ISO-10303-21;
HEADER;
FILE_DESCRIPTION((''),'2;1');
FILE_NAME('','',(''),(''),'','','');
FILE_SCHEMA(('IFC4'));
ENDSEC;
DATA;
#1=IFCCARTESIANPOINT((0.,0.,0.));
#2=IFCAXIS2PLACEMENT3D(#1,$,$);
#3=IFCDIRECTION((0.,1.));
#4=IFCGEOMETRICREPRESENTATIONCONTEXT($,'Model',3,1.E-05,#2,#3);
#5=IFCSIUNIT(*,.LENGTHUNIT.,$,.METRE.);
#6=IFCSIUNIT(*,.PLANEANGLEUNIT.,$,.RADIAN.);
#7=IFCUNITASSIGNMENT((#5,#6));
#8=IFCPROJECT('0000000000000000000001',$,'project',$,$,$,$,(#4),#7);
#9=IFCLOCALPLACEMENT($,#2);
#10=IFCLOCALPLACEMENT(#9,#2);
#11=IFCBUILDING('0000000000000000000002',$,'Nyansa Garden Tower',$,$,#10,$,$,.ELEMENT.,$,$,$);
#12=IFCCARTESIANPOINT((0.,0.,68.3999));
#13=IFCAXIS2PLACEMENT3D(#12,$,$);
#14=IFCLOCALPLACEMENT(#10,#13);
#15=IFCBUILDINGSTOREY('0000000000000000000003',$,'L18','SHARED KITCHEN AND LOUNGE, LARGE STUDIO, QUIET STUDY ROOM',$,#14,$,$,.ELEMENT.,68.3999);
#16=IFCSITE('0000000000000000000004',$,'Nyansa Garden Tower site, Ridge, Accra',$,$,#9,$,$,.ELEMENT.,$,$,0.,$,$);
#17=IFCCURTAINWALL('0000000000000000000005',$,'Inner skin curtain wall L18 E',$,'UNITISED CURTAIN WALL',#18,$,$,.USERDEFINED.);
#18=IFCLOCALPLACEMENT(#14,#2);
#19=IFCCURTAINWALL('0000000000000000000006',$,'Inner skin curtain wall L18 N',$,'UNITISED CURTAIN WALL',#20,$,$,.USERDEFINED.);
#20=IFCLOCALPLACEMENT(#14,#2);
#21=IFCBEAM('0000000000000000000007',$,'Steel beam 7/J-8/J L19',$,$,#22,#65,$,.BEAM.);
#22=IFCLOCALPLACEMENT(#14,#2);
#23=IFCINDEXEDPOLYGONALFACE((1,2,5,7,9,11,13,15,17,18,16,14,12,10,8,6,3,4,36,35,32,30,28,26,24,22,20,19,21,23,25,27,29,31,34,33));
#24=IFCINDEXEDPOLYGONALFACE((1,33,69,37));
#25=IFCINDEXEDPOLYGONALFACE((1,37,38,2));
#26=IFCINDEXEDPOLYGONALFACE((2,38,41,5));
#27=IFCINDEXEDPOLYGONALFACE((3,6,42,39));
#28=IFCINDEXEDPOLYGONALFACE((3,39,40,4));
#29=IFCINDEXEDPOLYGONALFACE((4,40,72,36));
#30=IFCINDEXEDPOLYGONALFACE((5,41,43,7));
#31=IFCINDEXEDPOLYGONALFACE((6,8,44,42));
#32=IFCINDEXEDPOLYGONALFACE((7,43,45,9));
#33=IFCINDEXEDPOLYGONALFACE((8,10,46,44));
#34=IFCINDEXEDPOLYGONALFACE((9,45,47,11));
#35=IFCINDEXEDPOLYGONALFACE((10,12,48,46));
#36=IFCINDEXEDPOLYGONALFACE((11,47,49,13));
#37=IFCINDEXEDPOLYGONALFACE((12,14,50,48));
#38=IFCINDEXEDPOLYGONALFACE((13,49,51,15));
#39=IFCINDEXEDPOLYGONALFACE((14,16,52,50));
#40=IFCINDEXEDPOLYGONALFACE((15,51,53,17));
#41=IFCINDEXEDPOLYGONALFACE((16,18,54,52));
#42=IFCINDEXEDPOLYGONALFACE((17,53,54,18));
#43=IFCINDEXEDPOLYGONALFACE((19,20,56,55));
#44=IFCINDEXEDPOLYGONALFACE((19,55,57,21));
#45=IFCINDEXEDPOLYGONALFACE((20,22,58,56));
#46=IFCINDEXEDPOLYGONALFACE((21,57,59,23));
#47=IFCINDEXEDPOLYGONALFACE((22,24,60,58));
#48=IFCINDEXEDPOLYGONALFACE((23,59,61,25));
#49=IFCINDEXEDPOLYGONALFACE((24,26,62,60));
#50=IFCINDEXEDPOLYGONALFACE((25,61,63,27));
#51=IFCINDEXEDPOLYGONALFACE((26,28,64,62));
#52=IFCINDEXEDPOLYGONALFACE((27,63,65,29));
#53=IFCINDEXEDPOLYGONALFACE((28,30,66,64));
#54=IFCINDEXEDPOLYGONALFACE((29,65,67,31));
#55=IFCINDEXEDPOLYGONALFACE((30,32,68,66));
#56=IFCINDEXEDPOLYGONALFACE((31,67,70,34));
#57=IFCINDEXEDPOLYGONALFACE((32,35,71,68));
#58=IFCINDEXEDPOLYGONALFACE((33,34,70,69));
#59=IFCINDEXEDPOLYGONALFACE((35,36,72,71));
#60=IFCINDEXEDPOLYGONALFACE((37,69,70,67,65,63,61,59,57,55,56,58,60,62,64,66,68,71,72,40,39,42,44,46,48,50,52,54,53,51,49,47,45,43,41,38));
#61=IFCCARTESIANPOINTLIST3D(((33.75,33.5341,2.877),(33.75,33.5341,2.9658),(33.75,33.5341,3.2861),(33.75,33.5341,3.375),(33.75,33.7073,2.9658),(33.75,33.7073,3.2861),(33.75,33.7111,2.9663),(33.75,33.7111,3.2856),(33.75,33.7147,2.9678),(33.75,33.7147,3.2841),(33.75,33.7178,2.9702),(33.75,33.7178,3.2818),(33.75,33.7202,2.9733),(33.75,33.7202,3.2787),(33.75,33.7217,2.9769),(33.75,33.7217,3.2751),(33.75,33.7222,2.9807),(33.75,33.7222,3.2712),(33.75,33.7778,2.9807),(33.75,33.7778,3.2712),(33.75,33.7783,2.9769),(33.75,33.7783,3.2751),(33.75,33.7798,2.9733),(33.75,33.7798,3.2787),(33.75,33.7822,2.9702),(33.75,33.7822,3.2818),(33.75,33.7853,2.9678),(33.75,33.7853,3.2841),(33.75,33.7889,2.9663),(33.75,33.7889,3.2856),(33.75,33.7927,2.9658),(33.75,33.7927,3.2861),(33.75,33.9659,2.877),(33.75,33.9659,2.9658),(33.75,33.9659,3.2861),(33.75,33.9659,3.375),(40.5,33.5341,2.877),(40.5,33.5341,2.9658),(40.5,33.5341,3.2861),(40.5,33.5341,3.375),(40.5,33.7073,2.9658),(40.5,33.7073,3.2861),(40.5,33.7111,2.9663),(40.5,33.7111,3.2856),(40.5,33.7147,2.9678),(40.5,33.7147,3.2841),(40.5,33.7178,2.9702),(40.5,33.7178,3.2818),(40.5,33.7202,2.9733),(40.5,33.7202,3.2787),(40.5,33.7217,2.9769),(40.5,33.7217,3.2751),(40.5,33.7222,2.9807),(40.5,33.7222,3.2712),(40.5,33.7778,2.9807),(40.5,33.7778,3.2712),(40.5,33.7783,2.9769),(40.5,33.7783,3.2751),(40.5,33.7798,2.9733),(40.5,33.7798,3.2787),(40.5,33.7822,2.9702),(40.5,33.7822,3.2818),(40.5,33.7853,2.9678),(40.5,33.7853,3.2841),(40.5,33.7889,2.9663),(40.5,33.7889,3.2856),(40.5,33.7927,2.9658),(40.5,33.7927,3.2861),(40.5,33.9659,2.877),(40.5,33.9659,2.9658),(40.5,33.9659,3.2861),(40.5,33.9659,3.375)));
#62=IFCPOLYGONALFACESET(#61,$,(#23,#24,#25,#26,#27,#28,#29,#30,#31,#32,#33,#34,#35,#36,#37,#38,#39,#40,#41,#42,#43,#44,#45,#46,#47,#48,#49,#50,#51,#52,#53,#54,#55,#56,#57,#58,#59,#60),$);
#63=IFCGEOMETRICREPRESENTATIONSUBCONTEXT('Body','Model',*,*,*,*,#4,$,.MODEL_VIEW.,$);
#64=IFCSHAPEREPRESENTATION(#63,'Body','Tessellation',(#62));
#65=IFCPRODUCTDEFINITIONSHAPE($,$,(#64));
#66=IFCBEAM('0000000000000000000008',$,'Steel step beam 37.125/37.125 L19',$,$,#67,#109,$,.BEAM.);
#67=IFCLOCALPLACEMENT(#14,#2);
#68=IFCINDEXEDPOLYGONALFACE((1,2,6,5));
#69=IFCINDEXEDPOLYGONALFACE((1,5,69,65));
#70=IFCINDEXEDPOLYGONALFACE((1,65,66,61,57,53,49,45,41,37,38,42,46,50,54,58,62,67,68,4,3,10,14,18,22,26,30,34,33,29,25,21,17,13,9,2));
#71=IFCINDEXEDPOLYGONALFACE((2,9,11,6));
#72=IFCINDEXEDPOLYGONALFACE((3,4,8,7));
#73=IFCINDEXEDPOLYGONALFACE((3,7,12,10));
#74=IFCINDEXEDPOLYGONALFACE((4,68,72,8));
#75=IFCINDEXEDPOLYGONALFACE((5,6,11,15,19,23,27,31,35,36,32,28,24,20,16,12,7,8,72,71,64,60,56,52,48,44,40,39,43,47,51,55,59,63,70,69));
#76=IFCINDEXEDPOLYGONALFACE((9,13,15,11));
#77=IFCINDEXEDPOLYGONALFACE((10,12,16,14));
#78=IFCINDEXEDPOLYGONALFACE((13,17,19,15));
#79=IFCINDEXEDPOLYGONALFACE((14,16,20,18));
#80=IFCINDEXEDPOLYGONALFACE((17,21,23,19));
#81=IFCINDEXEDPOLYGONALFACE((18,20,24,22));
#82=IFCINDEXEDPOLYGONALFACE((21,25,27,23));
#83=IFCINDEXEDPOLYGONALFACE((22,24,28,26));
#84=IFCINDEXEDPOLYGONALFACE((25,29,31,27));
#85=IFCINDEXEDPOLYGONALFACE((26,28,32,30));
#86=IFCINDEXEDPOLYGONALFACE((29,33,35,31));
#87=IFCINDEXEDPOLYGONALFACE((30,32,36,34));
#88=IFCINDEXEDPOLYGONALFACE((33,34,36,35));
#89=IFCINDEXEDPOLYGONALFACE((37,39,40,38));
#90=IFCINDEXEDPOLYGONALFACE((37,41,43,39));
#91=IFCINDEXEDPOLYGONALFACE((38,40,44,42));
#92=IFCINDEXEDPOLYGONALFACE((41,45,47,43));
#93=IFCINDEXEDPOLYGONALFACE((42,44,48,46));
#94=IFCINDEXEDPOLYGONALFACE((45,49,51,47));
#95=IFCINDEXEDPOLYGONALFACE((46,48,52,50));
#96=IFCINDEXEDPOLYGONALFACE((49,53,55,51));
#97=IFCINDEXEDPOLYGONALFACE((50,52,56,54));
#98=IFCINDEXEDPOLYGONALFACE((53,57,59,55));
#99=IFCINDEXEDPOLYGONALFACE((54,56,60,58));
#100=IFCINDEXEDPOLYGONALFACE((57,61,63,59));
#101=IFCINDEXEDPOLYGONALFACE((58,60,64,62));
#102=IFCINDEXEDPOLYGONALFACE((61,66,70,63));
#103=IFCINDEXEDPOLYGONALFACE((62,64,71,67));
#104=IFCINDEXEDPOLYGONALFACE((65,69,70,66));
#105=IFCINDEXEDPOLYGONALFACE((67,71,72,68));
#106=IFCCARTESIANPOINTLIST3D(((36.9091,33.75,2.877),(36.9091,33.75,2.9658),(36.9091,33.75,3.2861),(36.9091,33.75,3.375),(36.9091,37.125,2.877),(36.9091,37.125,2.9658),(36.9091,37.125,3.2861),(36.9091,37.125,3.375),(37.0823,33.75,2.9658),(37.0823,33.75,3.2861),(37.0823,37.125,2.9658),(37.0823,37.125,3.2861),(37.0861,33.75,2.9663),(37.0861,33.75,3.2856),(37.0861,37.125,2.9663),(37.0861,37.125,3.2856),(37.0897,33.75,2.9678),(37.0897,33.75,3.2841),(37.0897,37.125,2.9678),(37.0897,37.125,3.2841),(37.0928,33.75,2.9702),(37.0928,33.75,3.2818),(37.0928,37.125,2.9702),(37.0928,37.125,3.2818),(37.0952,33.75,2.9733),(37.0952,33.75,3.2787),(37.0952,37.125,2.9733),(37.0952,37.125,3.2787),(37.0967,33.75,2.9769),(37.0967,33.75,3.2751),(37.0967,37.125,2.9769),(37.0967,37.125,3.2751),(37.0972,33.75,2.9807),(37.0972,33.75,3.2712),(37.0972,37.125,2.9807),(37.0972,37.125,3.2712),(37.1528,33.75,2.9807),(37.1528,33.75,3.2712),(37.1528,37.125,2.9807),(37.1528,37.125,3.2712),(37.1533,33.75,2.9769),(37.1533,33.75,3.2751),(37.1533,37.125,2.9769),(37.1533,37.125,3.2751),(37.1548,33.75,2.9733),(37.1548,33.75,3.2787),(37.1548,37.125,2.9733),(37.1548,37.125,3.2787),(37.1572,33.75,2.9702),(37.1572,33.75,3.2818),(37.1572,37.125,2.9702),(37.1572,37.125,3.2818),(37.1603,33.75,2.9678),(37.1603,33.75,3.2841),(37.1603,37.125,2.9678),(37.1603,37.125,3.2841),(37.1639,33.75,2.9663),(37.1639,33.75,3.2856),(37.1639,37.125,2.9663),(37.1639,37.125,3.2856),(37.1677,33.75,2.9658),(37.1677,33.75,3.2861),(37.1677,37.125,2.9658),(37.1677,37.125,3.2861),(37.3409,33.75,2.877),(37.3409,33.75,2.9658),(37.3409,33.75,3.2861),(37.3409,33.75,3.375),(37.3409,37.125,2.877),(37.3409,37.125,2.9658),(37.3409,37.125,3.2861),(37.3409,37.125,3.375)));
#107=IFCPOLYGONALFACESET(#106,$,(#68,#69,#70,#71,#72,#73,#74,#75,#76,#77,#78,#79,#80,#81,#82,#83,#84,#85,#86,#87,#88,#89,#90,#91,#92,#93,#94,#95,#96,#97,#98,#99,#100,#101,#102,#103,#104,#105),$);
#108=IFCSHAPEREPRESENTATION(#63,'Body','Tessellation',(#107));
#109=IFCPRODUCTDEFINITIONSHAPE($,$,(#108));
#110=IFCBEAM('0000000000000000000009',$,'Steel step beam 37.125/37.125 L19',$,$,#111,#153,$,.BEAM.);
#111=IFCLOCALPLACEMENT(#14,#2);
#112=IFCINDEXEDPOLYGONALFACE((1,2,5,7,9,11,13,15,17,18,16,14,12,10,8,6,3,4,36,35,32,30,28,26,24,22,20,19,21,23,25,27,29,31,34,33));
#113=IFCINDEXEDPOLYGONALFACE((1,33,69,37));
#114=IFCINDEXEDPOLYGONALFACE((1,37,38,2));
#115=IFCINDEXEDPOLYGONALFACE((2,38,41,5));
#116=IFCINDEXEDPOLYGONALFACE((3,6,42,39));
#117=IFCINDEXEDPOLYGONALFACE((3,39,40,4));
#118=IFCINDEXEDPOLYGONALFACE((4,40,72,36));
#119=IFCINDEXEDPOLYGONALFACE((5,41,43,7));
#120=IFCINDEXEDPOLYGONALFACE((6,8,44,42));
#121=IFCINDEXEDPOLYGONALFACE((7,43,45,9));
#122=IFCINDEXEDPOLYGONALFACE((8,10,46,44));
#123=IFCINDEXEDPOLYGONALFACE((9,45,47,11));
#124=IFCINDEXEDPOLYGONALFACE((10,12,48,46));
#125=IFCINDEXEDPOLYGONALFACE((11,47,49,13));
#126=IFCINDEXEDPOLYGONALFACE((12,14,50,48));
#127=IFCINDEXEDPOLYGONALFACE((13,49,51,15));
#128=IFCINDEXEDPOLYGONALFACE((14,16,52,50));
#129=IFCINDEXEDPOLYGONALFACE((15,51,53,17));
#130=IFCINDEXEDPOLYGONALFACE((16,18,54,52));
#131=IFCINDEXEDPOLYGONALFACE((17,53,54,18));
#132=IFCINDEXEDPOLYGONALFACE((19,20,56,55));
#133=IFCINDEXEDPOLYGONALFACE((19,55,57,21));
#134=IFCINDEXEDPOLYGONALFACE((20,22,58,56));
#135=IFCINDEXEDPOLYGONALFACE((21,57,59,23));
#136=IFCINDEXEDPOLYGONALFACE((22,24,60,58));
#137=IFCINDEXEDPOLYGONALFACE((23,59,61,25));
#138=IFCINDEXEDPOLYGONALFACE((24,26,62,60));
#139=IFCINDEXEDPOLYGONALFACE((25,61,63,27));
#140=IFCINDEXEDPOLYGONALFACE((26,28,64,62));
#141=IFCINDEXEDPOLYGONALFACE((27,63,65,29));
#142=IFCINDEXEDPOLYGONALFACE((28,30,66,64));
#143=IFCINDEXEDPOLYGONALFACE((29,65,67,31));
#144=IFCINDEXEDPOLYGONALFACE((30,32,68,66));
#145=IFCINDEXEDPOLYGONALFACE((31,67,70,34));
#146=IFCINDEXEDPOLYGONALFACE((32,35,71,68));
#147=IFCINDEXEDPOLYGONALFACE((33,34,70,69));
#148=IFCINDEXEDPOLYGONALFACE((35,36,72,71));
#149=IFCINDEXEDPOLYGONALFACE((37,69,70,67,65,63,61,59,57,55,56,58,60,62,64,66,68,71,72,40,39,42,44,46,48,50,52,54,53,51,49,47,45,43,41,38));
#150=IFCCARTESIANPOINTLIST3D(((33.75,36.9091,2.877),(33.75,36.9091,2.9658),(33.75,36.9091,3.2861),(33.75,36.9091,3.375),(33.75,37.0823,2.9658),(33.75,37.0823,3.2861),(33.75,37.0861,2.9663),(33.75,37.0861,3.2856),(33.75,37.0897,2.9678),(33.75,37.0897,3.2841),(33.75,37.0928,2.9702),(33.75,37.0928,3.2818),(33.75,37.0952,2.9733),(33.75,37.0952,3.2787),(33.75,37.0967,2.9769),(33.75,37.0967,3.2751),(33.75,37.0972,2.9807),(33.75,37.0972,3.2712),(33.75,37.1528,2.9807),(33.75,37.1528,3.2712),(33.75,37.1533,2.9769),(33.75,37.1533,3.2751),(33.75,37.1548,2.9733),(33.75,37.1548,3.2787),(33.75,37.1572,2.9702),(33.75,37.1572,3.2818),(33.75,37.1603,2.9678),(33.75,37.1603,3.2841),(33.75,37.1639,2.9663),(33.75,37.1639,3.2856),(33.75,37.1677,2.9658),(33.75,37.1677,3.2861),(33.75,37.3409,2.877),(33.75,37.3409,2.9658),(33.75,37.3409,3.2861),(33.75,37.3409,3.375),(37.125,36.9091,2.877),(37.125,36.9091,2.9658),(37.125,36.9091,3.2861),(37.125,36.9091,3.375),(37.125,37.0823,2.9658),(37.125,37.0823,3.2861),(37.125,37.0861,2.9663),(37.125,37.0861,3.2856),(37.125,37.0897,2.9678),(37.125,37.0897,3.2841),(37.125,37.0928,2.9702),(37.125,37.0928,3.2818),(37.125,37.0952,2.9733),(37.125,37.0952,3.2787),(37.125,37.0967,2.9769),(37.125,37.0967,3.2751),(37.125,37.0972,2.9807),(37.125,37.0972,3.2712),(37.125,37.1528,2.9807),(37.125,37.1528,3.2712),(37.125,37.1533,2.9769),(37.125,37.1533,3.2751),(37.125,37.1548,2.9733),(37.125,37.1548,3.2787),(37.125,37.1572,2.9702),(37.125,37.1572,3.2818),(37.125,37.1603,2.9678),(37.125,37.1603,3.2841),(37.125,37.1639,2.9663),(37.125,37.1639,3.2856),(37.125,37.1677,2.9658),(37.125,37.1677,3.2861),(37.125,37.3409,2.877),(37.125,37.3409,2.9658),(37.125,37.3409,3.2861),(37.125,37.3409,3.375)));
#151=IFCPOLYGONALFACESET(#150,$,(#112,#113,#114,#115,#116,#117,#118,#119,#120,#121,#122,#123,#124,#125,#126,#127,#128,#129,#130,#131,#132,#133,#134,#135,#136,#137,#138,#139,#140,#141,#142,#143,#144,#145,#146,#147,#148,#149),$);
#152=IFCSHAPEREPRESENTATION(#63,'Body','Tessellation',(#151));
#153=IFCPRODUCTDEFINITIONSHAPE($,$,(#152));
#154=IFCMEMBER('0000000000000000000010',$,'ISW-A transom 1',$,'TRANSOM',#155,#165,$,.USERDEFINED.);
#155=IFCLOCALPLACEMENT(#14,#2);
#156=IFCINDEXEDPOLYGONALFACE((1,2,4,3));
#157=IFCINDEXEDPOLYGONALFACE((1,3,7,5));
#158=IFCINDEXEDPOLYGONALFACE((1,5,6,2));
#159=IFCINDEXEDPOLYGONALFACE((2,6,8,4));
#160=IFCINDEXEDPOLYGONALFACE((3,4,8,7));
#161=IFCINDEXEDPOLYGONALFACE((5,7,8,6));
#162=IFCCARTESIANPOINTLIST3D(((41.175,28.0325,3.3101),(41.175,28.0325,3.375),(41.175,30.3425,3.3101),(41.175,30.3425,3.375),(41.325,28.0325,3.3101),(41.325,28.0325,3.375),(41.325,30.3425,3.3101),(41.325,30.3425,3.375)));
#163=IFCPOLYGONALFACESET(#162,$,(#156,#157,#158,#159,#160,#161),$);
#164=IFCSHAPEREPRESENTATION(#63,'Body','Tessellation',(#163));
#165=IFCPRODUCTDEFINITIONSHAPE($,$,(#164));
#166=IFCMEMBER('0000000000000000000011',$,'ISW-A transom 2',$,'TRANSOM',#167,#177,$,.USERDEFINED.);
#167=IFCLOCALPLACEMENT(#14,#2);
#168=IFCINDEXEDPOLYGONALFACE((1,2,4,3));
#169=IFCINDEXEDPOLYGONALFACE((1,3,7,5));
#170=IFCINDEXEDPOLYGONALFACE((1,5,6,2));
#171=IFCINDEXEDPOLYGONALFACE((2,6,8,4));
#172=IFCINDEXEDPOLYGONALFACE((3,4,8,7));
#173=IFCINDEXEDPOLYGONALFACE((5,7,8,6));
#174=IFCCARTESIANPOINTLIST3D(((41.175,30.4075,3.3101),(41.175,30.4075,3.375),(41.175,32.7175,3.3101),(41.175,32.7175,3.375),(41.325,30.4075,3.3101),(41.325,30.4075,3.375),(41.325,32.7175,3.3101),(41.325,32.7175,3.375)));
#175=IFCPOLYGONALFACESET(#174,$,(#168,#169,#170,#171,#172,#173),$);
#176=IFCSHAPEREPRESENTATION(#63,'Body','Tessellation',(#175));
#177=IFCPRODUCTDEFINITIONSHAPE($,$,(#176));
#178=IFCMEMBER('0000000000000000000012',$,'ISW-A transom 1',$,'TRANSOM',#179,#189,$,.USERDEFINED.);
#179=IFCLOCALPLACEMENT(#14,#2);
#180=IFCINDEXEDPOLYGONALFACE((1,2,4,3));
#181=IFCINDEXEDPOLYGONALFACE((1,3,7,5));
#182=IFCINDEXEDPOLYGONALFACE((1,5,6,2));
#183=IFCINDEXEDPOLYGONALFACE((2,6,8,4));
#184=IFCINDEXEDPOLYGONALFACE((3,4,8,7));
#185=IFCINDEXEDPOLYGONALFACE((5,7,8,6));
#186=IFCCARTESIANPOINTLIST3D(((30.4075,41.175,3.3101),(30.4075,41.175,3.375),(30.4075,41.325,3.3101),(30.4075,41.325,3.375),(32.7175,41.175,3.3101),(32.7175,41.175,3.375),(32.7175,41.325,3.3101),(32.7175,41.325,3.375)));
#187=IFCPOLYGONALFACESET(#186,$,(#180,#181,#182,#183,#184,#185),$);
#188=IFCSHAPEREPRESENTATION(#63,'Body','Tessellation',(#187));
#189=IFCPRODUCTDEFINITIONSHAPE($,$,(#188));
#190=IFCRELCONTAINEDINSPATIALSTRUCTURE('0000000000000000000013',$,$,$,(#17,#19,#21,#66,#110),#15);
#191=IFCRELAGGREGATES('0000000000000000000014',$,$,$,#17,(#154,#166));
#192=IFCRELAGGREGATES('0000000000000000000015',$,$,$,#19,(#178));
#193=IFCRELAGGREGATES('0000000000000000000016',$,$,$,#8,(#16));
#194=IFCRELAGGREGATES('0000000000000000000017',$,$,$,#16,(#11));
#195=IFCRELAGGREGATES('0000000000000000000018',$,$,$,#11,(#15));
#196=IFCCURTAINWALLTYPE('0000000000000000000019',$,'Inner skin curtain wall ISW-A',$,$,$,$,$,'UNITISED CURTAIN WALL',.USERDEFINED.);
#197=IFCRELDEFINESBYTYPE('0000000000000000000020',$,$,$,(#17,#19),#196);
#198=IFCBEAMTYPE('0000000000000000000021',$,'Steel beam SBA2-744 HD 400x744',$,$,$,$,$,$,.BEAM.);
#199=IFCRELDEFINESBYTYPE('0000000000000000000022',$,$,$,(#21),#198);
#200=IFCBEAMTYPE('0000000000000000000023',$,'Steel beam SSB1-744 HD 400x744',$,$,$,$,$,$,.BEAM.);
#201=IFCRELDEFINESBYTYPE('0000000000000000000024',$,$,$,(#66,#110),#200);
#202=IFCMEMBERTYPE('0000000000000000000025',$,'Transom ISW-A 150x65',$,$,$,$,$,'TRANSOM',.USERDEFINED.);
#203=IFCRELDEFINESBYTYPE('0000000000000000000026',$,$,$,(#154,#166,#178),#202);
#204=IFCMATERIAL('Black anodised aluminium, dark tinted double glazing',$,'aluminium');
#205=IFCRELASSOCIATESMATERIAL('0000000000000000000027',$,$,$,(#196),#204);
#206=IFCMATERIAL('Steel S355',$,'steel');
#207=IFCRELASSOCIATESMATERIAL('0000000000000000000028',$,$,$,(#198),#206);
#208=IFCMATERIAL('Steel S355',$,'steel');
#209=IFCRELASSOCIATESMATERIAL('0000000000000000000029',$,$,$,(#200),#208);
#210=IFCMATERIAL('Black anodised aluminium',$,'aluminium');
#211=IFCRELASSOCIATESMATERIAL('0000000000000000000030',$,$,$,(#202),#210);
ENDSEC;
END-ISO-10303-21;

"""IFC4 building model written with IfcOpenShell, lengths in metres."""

from ifc_helpers import new_model, si_unit, direction, frame, origin, origin_2d, place, context, subcontext, project, spatial, rectangle, i_section, extrude, material, material_profile, profile_set, type_object, element, aggregate, save


model = new_model("IFC4")

# Units and contexts
model_context = context("Model", 3, precision=1e-05, world=origin(), true_north=direction((0.0, 1.0)))
body_context = subcontext(model_context, "Body", "Model", "MODEL_VIEW")
ifc_project = project(units=[si_unit("LENGTHUNIT", "METRE"), si_unit("PLANEANGLEUNIT", "RADIAN")], contexts=[model_context])

# Site, building, storey
site_placement = place(None, origin())
site = spatial("IfcSite", under=ifc_project, at=site_placement, Name="Nyansa Garden Tower site, Ridge, Accra", CompositionType="ELEMENT", RefElevation=0.0)
building_placement = place(site_placement, origin())
building = spatial("IfcBuilding", under=site, at=building_placement, Name="Nyansa Garden Tower", CompositionType="ELEMENT")
storey_placement = place(building_placement, frame((0.0, 0.0, 68.3999)))
storey = spatial("IfcBuildingStorey", under=building, at=storey_placement, Name="L18", Description="SHARED KITCHEN AND LOUNGE, LARGE STUDIO, QUIET STUDY ROOM", CompositionType="ELEMENT", Elevation=68.3999)

# Curtain walls
ifc_material_1 = material(Name="Black anodised aluminium, dark tinted double glazing", Category="aluminium")
curtain_wall_type = type_object("IfcCurtainWallType", Name="Inner skin curtain wall ISW-A", ElementType="UNITISED CURTAIN WALL", PredefinedType="USERDEFINED", material=ifc_material_1)
curtain_wall_1_placement = place(storey_placement, origin())
curtain_wall_1 = element("IfcCurtainWall", 1, at=curtain_wall_1_placement, inside=storey, type_object=curtain_wall_type, Name="Inner skin curtain wall L18 E", ObjectType="UNITISED CURTAIN WALL", PredefinedType="USERDEFINED")
curtain_wall_2_placement = place(storey_placement, origin())
curtain_wall_2 = element("IfcCurtainWall", 2, at=curtain_wall_2_placement, inside=storey, type_object=curtain_wall_type, Name="Inner skin curtain wall L18 N", ObjectType="UNITISED CURTAIN WALL", PredefinedType="USERDEFINED")

# Beams
ifc_material_2 = material(Name="Steel S355", Category="steel")
ifc_material_profile_1 = material_profile(ifc_material_2, i_section(OverallWidth=0.4319, OverallDepth=0.498, WebThickness=0.0557, FlangeThickness=0.0889, FilletRadius=0.0149, at=origin_2d()), Name="HD 400x744")
ifc_profile_set_1 = profile_set([ifc_material_profile_1], Name="Steel S355")
beam_type_1 = type_object("IfcBeamType", Name="Steel beam SBA2-744 HD 400x744", PredefinedType="BEAM", material=ifc_profile_set_1)
for number, where, z_axis, x_axis, name in (
    (3, (33.75, 33.75, 3.126), (1.0, 0.0, 0.0), (0.0, 1.0, 0.0), "Steel beam 7/J-8/J L19"),
):
    element("IfcBeam", number, at=place(storey_placement, frame(where, z_axis=z_axis, x_axis=x_axis)), inside=storey, type_object=beam_type_1, Name=name, PredefinedType="BEAM", context=body_context, shape_type="SweptSolid", body=[
        extrude(i_section(OverallWidth=0.4319, OverallDepth=0.498, WebThickness=0.0557, FlangeThickness=0.0889, FilletRadius=0.0149, at=origin_2d()), origin(), (0.0, 0.0, 1.0), 6.75),
    ])
ifc_material_3 = material(Name="Steel S355", Category="steel")
ifc_material_profile_2 = material_profile(ifc_material_3, i_section(OverallWidth=0.4319, OverallDepth=0.498, WebThickness=0.0557, FlangeThickness=0.0889, FilletRadius=0.0149, at=origin_2d()), Name="HD 400x744")
ifc_profile_set_2 = profile_set([ifc_material_profile_2], Name="Steel S355")
beam_type_2 = type_object("IfcBeamType", Name="Steel beam SSB1-744 HD 400x744", PredefinedType="BEAM", material=ifc_profile_set_2)
for number, where, z_axis, x_axis, name in (
    (4, (37.125, 37.125, 3.126), (0.0, -1.0, 0.0), (1.0, 0.0, 0.0), "Steel step beam 37.125/37.125 L19"),
    (5, (37.125, 37.125, 3.126), (-1.0, 0.0, 0.0), (0.0, -1.0, 0.0), "Steel step beam 37.125/37.125 L19"),
):
    element("IfcBeam", number, at=place(storey_placement, frame(where, z_axis=z_axis, x_axis=x_axis)), inside=storey, type_object=beam_type_2, Name=name, PredefinedType="BEAM", context=body_context, shape_type="SweptSolid", body=[
        extrude(i_section(OverallWidth=0.4319, OverallDepth=0.498, WebThickness=0.0557, FlangeThickness=0.0889, FilletRadius=0.0149, at=origin_2d()), origin(), (0.0, 0.0, 1.0), 3.375),
    ])

# Members
ifc_material_4 = material(Name="Black anodised aluminium", Category="aluminium")
ifc_material_profile_3 = material_profile(ifc_material_4, rectangle(XDim=0.1499, YDim=0.0649, at=origin_2d()), Name="Transom 150x65")
ifc_profile_set_3 = profile_set([ifc_material_profile_3], Name="Black anodised aluminium")
member_type_1 = type_object("IfcMemberType", Name="Transom ISW-A 150x65", ElementType="TRANSOM", PredefinedType="USERDEFINED", material=ifc_profile_set_3)
member_1_placement = place(storey_placement, frame((41.25, 28.0325, 3.3425), z_axis=(0.0, 1.0, 0.0), x_axis=(-1.0, 0.0, 0.0)))
member_1 = element("IfcMember", 6, at=member_1_placement, type_object=member_type_1, Name="ISW-A transom 1", ObjectType="TRANSOM", PredefinedType="USERDEFINED", context=body_context, shape_type="SweptSolid", body=[
    extrude(rectangle(XDim=0.1499, YDim=0.0649, at=origin_2d()), origin(), (0.0, 0.0, 1.0), 2.3101),
])
member_2_placement = place(storey_placement, frame((41.25, 30.4075, 3.3425), z_axis=(0.0, 1.0, 0.0), x_axis=(-1.0, 0.0, 0.0)))
member_2 = element("IfcMember", 7, at=member_2_placement, type_object=member_type_1, Name="ISW-A transom 2", ObjectType="TRANSOM", PredefinedType="USERDEFINED", context=body_context, shape_type="SweptSolid", body=[
    extrude(rectangle(XDim=0.1499, YDim=0.0649, at=origin_2d()), origin(), (0.0, 0.0, 1.0), 2.3101),
])
member_3_placement = place(storey_placement, frame((32.7175, 41.25, 3.3425), z_axis=(-1.0, 0.0, 0.0), x_axis=(0.0, -1.0, 0.0)))
member_3 = element("IfcMember", 8, at=member_3_placement, type_object=member_type_1, Name="ISW-A transom 1", ObjectType="TRANSOM", PredefinedType="USERDEFINED", context=body_context, shape_type="SweptSolid", body=[
    extrude(rectangle(XDim=0.1499, YDim=0.0649, at=origin_2d()), origin(), (0.0, 0.0, 1.0), 2.3101),
])

aggregate(curtain_wall_1, [member_1, member_2])
aggregate(curtain_wall_2, [member_3])

save(model, "model.ifc")
